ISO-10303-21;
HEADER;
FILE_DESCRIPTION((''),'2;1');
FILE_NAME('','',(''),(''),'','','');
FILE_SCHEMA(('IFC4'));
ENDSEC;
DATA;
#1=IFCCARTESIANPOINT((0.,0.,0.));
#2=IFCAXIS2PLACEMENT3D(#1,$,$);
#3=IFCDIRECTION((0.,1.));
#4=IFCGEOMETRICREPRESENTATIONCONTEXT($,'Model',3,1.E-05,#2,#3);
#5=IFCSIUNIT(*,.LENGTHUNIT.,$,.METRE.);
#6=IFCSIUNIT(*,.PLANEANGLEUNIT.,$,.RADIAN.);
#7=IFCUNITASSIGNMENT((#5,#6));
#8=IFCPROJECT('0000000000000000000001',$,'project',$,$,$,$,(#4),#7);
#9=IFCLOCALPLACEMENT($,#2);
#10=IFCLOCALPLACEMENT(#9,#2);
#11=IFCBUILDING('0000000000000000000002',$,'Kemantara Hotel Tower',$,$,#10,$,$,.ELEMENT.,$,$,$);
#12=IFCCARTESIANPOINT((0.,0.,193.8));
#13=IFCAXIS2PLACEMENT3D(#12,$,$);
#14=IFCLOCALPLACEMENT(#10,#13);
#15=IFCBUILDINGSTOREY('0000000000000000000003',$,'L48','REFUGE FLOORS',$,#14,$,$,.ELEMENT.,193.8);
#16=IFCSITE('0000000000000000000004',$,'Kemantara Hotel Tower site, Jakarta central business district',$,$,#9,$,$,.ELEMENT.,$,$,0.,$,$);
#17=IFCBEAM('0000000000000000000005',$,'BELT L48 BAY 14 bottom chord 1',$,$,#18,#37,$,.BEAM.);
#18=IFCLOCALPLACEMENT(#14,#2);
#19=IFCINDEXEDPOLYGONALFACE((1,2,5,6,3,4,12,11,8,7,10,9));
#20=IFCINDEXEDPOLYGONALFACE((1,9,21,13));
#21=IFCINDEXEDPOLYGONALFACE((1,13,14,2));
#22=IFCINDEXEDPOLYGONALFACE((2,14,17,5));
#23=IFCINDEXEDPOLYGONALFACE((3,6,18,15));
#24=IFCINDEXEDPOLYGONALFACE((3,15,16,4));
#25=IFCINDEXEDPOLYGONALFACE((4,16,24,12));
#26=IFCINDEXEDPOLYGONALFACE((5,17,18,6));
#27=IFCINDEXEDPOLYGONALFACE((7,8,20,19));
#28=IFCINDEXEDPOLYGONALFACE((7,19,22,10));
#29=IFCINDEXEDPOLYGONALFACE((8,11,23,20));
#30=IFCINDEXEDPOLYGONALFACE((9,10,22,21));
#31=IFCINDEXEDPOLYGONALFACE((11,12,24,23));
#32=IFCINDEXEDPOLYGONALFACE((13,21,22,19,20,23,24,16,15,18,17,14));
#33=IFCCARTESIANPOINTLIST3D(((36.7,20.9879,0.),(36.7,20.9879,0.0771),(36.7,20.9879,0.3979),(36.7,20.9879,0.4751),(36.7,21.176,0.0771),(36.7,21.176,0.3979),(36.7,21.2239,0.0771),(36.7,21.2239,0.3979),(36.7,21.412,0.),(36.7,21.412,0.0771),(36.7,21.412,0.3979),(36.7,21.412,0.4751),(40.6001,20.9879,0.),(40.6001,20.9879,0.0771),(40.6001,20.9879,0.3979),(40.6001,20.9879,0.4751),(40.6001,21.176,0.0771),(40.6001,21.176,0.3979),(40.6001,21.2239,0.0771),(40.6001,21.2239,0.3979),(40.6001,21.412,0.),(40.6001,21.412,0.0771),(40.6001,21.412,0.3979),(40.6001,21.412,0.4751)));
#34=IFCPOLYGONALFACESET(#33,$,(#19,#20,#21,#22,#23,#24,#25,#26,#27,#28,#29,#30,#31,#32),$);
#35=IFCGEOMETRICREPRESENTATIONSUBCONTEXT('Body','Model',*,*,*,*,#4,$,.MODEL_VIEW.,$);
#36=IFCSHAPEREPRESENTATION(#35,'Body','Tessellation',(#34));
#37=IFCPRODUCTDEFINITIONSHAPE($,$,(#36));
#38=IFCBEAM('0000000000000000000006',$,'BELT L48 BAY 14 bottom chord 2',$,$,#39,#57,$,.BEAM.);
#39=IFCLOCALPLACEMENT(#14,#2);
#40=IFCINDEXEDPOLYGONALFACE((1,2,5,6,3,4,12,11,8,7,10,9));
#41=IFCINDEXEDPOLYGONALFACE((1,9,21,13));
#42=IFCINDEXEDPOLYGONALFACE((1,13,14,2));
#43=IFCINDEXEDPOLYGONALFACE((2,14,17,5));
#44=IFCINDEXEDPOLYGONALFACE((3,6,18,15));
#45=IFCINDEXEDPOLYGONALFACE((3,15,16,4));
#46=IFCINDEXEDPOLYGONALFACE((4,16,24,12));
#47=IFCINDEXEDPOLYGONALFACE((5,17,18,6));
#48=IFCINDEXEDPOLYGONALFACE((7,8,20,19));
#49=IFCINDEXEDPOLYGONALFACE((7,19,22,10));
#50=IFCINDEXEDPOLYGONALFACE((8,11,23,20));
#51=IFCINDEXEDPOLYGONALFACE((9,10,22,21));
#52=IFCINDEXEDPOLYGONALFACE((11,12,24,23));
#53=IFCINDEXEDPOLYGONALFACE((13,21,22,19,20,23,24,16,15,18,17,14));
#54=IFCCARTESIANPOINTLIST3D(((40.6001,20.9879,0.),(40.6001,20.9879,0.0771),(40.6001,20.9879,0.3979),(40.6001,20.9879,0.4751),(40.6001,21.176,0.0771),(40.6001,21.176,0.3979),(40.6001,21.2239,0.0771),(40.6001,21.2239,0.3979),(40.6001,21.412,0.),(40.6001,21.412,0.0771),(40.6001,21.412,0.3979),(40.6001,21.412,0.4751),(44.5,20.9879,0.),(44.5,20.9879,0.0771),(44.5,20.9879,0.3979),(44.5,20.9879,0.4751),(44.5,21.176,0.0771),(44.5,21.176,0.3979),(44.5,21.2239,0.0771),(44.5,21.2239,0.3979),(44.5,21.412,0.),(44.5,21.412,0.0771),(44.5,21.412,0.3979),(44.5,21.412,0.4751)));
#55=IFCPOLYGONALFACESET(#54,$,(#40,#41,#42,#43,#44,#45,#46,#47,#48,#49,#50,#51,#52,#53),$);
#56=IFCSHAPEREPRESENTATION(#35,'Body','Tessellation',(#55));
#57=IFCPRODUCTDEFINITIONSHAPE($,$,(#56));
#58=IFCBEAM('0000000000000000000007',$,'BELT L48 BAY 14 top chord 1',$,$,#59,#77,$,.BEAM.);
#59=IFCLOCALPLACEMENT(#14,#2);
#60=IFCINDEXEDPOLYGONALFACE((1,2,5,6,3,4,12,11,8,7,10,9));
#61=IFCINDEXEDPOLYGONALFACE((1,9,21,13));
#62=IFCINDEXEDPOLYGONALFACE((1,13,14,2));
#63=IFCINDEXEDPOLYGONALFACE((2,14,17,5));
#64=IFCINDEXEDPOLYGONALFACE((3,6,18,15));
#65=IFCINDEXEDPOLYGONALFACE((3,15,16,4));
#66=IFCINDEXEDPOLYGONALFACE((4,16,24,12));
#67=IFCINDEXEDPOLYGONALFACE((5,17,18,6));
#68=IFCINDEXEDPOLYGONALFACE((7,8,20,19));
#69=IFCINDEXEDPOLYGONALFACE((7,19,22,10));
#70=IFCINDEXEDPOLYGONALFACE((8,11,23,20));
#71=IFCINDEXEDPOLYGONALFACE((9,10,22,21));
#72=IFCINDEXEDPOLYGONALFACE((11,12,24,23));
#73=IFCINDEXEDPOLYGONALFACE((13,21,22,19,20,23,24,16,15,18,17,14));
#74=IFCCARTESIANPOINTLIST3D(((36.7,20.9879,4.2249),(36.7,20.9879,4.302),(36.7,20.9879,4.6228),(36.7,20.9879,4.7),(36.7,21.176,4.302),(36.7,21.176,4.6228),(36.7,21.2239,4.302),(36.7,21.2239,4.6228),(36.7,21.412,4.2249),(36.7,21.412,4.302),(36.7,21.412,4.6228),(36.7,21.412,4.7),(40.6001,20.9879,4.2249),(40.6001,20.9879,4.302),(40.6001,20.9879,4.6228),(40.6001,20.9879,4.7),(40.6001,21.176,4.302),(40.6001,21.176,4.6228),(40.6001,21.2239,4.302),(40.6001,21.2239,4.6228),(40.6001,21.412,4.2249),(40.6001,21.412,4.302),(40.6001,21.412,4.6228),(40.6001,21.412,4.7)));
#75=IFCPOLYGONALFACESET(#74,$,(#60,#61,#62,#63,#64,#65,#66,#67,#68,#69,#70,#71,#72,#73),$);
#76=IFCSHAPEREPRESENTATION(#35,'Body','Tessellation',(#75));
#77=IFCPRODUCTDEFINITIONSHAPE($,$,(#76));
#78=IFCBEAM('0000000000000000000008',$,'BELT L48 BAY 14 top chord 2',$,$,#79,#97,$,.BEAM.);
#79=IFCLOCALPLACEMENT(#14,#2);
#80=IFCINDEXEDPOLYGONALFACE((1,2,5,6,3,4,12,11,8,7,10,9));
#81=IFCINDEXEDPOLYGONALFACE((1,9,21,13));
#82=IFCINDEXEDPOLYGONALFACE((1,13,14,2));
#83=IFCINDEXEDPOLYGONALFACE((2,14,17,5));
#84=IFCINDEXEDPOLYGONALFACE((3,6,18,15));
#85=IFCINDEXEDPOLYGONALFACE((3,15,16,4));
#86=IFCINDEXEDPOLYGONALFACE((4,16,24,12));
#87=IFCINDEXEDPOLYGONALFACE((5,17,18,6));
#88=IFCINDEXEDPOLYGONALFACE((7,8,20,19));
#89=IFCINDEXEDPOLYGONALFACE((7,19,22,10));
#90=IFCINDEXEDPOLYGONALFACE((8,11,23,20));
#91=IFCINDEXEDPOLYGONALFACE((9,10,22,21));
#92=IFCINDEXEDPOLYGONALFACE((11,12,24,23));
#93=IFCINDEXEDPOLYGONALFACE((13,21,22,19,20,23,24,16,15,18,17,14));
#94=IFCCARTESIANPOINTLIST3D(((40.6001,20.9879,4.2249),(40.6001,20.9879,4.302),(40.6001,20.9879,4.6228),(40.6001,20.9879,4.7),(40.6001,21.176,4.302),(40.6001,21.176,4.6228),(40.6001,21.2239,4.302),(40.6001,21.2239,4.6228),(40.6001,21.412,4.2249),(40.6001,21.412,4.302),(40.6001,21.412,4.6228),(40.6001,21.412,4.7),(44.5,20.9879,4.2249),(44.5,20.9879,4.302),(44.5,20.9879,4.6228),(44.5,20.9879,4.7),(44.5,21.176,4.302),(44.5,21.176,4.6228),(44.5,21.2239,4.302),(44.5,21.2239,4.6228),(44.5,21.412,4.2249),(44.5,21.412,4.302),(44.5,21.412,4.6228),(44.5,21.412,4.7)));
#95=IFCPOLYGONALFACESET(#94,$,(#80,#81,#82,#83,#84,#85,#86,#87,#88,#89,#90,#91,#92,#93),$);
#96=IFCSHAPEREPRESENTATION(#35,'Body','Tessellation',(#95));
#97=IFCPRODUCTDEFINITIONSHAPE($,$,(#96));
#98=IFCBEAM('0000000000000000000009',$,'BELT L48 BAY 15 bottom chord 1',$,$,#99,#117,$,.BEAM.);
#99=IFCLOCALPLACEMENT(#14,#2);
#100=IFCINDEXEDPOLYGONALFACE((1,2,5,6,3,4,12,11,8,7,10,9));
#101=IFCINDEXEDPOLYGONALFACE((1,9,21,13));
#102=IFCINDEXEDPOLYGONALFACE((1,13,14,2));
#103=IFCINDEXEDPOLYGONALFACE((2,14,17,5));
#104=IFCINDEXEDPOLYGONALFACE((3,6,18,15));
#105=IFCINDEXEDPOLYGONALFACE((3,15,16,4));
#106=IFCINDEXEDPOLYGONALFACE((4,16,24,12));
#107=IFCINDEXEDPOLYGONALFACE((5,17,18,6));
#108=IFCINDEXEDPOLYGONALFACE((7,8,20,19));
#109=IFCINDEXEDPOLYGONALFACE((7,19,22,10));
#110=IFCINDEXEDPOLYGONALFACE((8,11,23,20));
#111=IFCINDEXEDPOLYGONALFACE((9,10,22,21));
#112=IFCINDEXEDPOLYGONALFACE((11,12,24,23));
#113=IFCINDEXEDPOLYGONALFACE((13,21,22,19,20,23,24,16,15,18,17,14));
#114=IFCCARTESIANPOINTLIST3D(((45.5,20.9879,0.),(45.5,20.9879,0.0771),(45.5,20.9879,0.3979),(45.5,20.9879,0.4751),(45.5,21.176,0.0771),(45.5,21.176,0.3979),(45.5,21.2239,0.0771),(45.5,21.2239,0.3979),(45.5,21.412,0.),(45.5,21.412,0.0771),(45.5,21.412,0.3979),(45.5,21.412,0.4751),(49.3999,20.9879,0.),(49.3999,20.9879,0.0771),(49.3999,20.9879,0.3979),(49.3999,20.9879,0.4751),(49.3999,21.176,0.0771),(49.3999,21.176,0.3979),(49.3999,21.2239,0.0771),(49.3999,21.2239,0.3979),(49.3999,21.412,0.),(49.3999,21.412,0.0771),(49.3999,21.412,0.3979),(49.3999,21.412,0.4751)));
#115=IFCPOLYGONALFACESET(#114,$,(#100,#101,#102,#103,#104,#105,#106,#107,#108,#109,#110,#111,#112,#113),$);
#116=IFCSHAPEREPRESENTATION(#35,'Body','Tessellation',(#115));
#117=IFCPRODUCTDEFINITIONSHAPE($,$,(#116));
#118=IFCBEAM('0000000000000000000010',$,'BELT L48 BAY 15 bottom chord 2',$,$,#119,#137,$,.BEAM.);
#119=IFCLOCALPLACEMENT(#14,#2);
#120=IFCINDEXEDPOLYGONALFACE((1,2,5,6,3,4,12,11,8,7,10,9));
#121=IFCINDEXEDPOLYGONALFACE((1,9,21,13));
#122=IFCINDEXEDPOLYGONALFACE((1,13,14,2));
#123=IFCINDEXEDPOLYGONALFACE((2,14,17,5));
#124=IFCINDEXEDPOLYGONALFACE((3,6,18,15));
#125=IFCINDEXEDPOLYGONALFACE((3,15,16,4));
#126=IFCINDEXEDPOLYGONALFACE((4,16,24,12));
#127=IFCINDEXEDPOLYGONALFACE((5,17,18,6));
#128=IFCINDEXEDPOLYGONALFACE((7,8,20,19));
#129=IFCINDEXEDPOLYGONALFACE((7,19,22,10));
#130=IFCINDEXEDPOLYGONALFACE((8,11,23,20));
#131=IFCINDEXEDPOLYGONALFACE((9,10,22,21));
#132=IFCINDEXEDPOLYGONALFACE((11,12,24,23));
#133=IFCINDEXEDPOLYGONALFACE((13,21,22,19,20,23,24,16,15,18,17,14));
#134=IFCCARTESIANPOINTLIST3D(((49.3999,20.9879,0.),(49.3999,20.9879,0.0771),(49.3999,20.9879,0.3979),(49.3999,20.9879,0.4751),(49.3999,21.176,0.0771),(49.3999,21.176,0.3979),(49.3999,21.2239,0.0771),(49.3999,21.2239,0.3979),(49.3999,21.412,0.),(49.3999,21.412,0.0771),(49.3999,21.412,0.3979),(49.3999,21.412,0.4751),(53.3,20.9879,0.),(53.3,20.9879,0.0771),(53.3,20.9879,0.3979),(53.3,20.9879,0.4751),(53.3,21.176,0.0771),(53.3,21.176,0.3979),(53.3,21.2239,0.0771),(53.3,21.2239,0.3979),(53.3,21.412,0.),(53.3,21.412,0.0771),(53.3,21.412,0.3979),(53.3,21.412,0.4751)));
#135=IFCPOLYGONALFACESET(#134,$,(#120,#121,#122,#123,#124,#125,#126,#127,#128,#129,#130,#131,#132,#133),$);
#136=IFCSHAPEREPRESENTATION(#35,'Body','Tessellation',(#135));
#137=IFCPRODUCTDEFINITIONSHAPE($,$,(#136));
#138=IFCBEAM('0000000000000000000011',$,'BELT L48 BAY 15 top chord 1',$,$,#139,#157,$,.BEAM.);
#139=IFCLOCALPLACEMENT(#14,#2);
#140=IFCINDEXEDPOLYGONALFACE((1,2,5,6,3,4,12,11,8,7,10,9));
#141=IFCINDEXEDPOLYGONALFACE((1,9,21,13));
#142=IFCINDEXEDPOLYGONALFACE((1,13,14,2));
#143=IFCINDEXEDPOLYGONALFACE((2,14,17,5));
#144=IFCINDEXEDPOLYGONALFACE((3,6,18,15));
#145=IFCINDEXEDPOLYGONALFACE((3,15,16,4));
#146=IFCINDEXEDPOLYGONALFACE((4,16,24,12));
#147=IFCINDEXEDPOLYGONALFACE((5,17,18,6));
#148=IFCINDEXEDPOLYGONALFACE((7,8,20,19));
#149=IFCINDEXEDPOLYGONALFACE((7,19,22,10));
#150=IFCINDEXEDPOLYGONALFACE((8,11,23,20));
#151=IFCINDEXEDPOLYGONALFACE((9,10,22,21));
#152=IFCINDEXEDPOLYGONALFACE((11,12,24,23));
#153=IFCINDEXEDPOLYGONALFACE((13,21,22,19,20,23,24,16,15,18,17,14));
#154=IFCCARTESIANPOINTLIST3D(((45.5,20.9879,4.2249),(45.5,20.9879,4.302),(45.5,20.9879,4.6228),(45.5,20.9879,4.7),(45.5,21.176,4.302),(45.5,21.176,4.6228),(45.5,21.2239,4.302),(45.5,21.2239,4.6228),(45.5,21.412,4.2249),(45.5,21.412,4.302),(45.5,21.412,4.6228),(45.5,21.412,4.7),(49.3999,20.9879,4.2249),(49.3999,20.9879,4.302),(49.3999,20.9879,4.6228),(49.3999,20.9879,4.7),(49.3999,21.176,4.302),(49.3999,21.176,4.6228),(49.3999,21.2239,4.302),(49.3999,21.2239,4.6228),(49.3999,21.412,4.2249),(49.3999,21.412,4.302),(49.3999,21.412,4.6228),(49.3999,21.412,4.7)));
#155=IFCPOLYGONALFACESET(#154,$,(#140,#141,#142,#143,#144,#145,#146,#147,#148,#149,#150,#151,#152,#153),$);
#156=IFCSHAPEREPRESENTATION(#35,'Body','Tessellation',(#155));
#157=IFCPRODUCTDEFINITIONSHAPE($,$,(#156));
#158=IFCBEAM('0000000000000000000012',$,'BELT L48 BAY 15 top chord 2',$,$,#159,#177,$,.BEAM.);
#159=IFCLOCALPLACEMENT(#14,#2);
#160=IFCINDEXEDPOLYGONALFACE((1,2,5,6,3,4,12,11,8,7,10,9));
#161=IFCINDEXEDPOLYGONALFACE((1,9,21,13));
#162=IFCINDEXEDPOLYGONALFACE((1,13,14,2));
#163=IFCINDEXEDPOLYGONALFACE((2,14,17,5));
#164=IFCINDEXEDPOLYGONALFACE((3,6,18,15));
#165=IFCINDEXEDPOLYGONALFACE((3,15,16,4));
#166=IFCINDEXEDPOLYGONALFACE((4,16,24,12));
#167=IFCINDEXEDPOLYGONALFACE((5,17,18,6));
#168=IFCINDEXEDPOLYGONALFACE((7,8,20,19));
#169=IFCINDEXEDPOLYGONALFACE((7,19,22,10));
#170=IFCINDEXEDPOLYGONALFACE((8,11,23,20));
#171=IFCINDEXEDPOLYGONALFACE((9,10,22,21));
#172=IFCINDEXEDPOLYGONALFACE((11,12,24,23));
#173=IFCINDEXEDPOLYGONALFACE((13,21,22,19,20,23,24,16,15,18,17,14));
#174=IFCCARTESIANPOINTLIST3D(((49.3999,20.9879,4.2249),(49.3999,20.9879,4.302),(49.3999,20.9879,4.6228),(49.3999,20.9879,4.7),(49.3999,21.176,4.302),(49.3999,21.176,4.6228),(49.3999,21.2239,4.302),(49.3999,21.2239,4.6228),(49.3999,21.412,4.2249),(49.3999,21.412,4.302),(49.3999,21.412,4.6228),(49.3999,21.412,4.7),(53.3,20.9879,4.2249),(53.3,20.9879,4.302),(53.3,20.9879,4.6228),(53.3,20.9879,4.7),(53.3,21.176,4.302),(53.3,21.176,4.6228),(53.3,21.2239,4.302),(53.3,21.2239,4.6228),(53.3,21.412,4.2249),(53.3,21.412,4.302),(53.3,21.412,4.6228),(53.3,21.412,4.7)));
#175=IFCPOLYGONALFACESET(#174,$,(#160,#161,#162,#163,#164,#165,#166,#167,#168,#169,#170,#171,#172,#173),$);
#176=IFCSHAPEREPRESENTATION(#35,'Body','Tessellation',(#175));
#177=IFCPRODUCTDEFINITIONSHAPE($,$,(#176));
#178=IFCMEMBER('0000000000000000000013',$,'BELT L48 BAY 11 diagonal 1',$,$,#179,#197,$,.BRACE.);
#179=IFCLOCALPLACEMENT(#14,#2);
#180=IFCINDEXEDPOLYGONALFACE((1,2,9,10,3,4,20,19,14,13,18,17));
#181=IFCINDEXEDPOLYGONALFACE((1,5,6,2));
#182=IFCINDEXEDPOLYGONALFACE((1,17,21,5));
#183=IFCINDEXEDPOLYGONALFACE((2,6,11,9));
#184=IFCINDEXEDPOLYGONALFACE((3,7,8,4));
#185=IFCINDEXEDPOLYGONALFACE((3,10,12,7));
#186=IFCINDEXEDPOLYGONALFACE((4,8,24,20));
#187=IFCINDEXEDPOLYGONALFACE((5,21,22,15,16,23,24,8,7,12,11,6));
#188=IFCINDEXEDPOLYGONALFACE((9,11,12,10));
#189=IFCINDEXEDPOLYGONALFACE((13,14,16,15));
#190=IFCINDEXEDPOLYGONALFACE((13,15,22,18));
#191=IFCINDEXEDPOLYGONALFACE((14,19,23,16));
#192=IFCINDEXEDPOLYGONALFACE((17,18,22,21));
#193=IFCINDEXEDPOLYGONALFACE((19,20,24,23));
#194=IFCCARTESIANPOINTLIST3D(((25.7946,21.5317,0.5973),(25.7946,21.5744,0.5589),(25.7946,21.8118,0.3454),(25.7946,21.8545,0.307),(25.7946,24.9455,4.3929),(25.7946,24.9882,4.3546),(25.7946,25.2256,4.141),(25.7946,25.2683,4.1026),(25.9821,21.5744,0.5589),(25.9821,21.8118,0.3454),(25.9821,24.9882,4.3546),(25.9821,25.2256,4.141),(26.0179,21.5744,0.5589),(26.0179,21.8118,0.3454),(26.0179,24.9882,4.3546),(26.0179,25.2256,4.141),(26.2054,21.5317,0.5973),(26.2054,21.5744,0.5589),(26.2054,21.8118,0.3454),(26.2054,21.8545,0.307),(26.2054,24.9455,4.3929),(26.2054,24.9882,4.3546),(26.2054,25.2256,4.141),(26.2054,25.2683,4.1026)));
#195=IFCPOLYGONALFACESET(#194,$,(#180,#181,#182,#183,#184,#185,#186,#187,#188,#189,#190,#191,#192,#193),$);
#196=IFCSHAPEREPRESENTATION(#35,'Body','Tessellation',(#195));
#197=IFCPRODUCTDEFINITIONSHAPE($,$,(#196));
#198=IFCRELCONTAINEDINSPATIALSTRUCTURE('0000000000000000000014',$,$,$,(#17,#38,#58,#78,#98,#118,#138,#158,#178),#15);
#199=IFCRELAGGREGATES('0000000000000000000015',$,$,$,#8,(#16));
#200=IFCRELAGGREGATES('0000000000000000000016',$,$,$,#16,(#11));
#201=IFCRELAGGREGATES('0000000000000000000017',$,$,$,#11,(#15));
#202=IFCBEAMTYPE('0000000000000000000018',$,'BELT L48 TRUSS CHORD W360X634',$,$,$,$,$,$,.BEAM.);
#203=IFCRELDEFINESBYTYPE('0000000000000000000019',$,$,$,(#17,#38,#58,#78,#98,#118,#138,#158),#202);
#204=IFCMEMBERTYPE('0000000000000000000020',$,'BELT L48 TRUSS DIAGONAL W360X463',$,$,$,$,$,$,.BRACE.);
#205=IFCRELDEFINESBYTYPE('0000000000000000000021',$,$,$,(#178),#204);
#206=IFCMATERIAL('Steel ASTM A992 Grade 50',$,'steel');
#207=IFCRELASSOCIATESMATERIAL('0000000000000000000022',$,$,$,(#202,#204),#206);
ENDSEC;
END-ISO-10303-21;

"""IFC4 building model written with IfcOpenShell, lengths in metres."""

from ifc_helpers import new_model, si_unit, direction, frame, origin, origin_2d, place, context, subcontext, project, spatial, i_section, extrude, material, material_profile, profile_set, type_object, element, save


model = new_model("IFC4")

# Units and contexts
model_context = context("Model", 3, precision=1e-05, world=origin(), true_north=direction((0.0, 1.0)))
body_context = subcontext(model_context, "Body", "Model", "MODEL_VIEW")
ifc_project = project(units=[si_unit("LENGTHUNIT", "METRE"), si_unit("PLANEANGLEUNIT", "RADIAN")], contexts=[model_context])

# Site, building, storey
site_placement = place(None, origin())
site = spatial("IfcSite", under=ifc_project, at=site_placement, Name="Kemantara Hotel Tower site, Jakarta central business district", CompositionType="ELEMENT", RefElevation=0.0)
building_placement = place(site_placement, origin())
building = spatial("IfcBuilding", under=site, at=building_placement, Name="Kemantara Hotel Tower", CompositionType="ELEMENT")
storey_placement = place(building_placement, frame((0.0, 0.0, 193.8)))
storey = spatial("IfcBuildingStorey", under=building, at=storey_placement, Name="L48", Description="REFUGE FLOORS", CompositionType="ELEMENT", Elevation=193.8)

# Beams
ifc_material_1 = material(Name="Steel ASTM A992 Grade 50", Category="steel")
ifc_material_profile_1 = material_profile(ifc_material_1, i_section(OverallWidth=0.4241, OverallDepth=0.4751, WebThickness=0.0479, FlangeThickness=0.0771, at=origin_2d()), Name="W360X634")
ifc_profile_set_1 = profile_set([ifc_material_profile_1], Name="Steel ASTM A992 Grade 50")
beam_type = type_object("IfcBeamType", Name="BELT L48 TRUSS CHORD W360X634", PredefinedType="BEAM", material=ifc_profile_set_1)
beam_1_placement = place(storey_placement, frame((36.7, 21.2, 0.2375), z_axis=(1.0, 0.0, 0.0), x_axis=(0.0, 1.0, 0.0)))
element("IfcBeam", 1, at=beam_1_placement, inside=storey, type_object=beam_type, Name="BELT L48 BAY 14 bottom chord 1", PredefinedType="BEAM", context=body_context, shape_type="SweptSolid", body=[
    extrude(i_section(OverallWidth=0.4241, OverallDepth=0.4751, WebThickness=0.0479, FlangeThickness=0.0771, at=origin_2d()), origin(), (0.0, 0.0, 1.0), 3.9001),
])
beam_2_placement = place(storey_placement, frame((40.6001, 21.2, 0.2375), z_axis=(1.0, 0.0, 0.0), x_axis=(0.0, 1.0, 0.0)))
element("IfcBeam", 2, at=beam_2_placement, inside=storey, type_object=beam_type, Name="BELT L48 BAY 14 bottom chord 2", PredefinedType="BEAM", context=body_context, shape_type="SweptSolid", body=[
    extrude(i_section(OverallWidth=0.4241, OverallDepth=0.4751, WebThickness=0.0479, FlangeThickness=0.0771, at=origin_2d()), origin(), (0.0, 0.0, 1.0), 3.8999),
])
beam_3_placement = place(storey_placement, frame((36.7, 21.2, 4.4624), z_axis=(1.0, 0.0, 0.0), x_axis=(0.0, 1.0, 0.0)))
element("IfcBeam", 3, at=beam_3_placement, inside=storey, type_object=beam_type, Name="BELT L48 BAY 14 top chord 1", PredefinedType="BEAM", context=body_context, shape_type="SweptSolid", body=[
    extrude(i_section(OverallWidth=0.4241, OverallDepth=0.4751, WebThickness=0.0479, FlangeThickness=0.0771, at=origin_2d()), origin(), (0.0, 0.0, 1.0), 3.9001),
])
for number, where, z_axis, x_axis, name in (
    (4, (40.6001, 21.2, 4.4624), (1.0, 0.0, 0.0), (0.0, 1.0, 0.0), "BELT L48 BAY 14 top chord 2"),
    (5, (45.5, 21.2, 0.2375), (1.0, 0.0, 0.0), (0.0, 1.0, 0.0), "BELT L48 BAY 15 bottom chord 1"),
):
    element("IfcBeam", number, at=place(storey_placement, frame(where, z_axis=z_axis, x_axis=x_axis)), inside=storey, type_object=beam_type, Name=name, PredefinedType="BEAM", context=body_context, shape_type="SweptSolid", body=[
        extrude(i_section(OverallWidth=0.4241, OverallDepth=0.4751, WebThickness=0.0479, FlangeThickness=0.0771, at=origin_2d()), origin(), (0.0, 0.0, 1.0), 3.8999),
    ])
beam_4_placement = place(storey_placement, frame((49.3999, 21.2, 0.2375), z_axis=(1.0, 0.0, 0.0), x_axis=(0.0, 1.0, 0.0)))
element("IfcBeam", 6, at=beam_4_placement, inside=storey, type_object=beam_type, Name="BELT L48 BAY 15 bottom chord 2", PredefinedType="BEAM", context=body_context, shape_type="SweptSolid", body=[
    extrude(i_section(OverallWidth=0.4241, OverallDepth=0.4751, WebThickness=0.0479, FlangeThickness=0.0771, at=origin_2d()), origin(), (0.0, 0.0, 1.0), 3.9001),
])
beam_5_placement = place(storey_placement, frame((45.5, 21.2, 4.4624), z_axis=(1.0, 0.0, 0.0), x_axis=(0.0, 1.0, 0.0)))
element("IfcBeam", 7, at=beam_5_placement, inside=storey, type_object=beam_type, Name="BELT L48 BAY 15 top chord 1", PredefinedType="BEAM", context=body_context, shape_type="SweptSolid", body=[
    extrude(i_section(OverallWidth=0.4241, OverallDepth=0.4751, WebThickness=0.0479, FlangeThickness=0.0771, at=origin_2d()), origin(), (0.0, 0.0, 1.0), 3.8999),
])
beam_6_placement = place(storey_placement, frame((49.3999, 21.2, 4.4624), z_axis=(1.0, 0.0, 0.0), x_axis=(0.0, 1.0, 0.0)))
element("IfcBeam", 8, at=beam_6_placement, inside=storey, type_object=beam_type, Name="BELT L48 BAY 15 top chord 2", PredefinedType="BEAM", context=body_context, shape_type="SweptSolid", body=[
    extrude(i_section(OverallWidth=0.4241, OverallDepth=0.4751, WebThickness=0.0479, FlangeThickness=0.0771, at=origin_2d()), origin(), (0.0, 0.0, 1.0), 3.9001),
])

# Member
ifc_material_profile_2 = material_profile(ifc_material_1, i_section(OverallWidth=0.4109, OverallDepth=0.4341, WebThickness=0.0359, FlangeThickness=0.0574, at=origin_2d()), Name="W360X463")
ifc_profile_set_2 = profile_set([ifc_material_profile_2], Name="Steel ASTM A992 Grade 50")
member_type_1 = type_object("IfcMemberType", Name="BELT L48 TRUSS DIAGONAL W360X463", PredefinedType="BRACE", material=ifc_profile_set_2)
member_1_placement = place(storey_placement, frame((26.0, 21.6931, 0.4521), z_axis=(0.0, 0.668719, 0.743515), x_axis=(-1.0, 0.0, 0.0)))
element("IfcMember", 9, at=member_1_placement, inside=storey, type_object=member_type_1, Name="BELT L48 BAY 11 diagonal 1", PredefinedType="BRACE", context=body_context, shape_type="SweptSolid", body=[
    extrude(i_section(OverallWidth=0.4109, OverallDepth=0.4341, WebThickness=0.0359, FlangeThickness=0.0574, at=origin_2d()), origin(), (0.0, 0.0, 1.0), 5.105),
])

save(model, "model.ifc")
